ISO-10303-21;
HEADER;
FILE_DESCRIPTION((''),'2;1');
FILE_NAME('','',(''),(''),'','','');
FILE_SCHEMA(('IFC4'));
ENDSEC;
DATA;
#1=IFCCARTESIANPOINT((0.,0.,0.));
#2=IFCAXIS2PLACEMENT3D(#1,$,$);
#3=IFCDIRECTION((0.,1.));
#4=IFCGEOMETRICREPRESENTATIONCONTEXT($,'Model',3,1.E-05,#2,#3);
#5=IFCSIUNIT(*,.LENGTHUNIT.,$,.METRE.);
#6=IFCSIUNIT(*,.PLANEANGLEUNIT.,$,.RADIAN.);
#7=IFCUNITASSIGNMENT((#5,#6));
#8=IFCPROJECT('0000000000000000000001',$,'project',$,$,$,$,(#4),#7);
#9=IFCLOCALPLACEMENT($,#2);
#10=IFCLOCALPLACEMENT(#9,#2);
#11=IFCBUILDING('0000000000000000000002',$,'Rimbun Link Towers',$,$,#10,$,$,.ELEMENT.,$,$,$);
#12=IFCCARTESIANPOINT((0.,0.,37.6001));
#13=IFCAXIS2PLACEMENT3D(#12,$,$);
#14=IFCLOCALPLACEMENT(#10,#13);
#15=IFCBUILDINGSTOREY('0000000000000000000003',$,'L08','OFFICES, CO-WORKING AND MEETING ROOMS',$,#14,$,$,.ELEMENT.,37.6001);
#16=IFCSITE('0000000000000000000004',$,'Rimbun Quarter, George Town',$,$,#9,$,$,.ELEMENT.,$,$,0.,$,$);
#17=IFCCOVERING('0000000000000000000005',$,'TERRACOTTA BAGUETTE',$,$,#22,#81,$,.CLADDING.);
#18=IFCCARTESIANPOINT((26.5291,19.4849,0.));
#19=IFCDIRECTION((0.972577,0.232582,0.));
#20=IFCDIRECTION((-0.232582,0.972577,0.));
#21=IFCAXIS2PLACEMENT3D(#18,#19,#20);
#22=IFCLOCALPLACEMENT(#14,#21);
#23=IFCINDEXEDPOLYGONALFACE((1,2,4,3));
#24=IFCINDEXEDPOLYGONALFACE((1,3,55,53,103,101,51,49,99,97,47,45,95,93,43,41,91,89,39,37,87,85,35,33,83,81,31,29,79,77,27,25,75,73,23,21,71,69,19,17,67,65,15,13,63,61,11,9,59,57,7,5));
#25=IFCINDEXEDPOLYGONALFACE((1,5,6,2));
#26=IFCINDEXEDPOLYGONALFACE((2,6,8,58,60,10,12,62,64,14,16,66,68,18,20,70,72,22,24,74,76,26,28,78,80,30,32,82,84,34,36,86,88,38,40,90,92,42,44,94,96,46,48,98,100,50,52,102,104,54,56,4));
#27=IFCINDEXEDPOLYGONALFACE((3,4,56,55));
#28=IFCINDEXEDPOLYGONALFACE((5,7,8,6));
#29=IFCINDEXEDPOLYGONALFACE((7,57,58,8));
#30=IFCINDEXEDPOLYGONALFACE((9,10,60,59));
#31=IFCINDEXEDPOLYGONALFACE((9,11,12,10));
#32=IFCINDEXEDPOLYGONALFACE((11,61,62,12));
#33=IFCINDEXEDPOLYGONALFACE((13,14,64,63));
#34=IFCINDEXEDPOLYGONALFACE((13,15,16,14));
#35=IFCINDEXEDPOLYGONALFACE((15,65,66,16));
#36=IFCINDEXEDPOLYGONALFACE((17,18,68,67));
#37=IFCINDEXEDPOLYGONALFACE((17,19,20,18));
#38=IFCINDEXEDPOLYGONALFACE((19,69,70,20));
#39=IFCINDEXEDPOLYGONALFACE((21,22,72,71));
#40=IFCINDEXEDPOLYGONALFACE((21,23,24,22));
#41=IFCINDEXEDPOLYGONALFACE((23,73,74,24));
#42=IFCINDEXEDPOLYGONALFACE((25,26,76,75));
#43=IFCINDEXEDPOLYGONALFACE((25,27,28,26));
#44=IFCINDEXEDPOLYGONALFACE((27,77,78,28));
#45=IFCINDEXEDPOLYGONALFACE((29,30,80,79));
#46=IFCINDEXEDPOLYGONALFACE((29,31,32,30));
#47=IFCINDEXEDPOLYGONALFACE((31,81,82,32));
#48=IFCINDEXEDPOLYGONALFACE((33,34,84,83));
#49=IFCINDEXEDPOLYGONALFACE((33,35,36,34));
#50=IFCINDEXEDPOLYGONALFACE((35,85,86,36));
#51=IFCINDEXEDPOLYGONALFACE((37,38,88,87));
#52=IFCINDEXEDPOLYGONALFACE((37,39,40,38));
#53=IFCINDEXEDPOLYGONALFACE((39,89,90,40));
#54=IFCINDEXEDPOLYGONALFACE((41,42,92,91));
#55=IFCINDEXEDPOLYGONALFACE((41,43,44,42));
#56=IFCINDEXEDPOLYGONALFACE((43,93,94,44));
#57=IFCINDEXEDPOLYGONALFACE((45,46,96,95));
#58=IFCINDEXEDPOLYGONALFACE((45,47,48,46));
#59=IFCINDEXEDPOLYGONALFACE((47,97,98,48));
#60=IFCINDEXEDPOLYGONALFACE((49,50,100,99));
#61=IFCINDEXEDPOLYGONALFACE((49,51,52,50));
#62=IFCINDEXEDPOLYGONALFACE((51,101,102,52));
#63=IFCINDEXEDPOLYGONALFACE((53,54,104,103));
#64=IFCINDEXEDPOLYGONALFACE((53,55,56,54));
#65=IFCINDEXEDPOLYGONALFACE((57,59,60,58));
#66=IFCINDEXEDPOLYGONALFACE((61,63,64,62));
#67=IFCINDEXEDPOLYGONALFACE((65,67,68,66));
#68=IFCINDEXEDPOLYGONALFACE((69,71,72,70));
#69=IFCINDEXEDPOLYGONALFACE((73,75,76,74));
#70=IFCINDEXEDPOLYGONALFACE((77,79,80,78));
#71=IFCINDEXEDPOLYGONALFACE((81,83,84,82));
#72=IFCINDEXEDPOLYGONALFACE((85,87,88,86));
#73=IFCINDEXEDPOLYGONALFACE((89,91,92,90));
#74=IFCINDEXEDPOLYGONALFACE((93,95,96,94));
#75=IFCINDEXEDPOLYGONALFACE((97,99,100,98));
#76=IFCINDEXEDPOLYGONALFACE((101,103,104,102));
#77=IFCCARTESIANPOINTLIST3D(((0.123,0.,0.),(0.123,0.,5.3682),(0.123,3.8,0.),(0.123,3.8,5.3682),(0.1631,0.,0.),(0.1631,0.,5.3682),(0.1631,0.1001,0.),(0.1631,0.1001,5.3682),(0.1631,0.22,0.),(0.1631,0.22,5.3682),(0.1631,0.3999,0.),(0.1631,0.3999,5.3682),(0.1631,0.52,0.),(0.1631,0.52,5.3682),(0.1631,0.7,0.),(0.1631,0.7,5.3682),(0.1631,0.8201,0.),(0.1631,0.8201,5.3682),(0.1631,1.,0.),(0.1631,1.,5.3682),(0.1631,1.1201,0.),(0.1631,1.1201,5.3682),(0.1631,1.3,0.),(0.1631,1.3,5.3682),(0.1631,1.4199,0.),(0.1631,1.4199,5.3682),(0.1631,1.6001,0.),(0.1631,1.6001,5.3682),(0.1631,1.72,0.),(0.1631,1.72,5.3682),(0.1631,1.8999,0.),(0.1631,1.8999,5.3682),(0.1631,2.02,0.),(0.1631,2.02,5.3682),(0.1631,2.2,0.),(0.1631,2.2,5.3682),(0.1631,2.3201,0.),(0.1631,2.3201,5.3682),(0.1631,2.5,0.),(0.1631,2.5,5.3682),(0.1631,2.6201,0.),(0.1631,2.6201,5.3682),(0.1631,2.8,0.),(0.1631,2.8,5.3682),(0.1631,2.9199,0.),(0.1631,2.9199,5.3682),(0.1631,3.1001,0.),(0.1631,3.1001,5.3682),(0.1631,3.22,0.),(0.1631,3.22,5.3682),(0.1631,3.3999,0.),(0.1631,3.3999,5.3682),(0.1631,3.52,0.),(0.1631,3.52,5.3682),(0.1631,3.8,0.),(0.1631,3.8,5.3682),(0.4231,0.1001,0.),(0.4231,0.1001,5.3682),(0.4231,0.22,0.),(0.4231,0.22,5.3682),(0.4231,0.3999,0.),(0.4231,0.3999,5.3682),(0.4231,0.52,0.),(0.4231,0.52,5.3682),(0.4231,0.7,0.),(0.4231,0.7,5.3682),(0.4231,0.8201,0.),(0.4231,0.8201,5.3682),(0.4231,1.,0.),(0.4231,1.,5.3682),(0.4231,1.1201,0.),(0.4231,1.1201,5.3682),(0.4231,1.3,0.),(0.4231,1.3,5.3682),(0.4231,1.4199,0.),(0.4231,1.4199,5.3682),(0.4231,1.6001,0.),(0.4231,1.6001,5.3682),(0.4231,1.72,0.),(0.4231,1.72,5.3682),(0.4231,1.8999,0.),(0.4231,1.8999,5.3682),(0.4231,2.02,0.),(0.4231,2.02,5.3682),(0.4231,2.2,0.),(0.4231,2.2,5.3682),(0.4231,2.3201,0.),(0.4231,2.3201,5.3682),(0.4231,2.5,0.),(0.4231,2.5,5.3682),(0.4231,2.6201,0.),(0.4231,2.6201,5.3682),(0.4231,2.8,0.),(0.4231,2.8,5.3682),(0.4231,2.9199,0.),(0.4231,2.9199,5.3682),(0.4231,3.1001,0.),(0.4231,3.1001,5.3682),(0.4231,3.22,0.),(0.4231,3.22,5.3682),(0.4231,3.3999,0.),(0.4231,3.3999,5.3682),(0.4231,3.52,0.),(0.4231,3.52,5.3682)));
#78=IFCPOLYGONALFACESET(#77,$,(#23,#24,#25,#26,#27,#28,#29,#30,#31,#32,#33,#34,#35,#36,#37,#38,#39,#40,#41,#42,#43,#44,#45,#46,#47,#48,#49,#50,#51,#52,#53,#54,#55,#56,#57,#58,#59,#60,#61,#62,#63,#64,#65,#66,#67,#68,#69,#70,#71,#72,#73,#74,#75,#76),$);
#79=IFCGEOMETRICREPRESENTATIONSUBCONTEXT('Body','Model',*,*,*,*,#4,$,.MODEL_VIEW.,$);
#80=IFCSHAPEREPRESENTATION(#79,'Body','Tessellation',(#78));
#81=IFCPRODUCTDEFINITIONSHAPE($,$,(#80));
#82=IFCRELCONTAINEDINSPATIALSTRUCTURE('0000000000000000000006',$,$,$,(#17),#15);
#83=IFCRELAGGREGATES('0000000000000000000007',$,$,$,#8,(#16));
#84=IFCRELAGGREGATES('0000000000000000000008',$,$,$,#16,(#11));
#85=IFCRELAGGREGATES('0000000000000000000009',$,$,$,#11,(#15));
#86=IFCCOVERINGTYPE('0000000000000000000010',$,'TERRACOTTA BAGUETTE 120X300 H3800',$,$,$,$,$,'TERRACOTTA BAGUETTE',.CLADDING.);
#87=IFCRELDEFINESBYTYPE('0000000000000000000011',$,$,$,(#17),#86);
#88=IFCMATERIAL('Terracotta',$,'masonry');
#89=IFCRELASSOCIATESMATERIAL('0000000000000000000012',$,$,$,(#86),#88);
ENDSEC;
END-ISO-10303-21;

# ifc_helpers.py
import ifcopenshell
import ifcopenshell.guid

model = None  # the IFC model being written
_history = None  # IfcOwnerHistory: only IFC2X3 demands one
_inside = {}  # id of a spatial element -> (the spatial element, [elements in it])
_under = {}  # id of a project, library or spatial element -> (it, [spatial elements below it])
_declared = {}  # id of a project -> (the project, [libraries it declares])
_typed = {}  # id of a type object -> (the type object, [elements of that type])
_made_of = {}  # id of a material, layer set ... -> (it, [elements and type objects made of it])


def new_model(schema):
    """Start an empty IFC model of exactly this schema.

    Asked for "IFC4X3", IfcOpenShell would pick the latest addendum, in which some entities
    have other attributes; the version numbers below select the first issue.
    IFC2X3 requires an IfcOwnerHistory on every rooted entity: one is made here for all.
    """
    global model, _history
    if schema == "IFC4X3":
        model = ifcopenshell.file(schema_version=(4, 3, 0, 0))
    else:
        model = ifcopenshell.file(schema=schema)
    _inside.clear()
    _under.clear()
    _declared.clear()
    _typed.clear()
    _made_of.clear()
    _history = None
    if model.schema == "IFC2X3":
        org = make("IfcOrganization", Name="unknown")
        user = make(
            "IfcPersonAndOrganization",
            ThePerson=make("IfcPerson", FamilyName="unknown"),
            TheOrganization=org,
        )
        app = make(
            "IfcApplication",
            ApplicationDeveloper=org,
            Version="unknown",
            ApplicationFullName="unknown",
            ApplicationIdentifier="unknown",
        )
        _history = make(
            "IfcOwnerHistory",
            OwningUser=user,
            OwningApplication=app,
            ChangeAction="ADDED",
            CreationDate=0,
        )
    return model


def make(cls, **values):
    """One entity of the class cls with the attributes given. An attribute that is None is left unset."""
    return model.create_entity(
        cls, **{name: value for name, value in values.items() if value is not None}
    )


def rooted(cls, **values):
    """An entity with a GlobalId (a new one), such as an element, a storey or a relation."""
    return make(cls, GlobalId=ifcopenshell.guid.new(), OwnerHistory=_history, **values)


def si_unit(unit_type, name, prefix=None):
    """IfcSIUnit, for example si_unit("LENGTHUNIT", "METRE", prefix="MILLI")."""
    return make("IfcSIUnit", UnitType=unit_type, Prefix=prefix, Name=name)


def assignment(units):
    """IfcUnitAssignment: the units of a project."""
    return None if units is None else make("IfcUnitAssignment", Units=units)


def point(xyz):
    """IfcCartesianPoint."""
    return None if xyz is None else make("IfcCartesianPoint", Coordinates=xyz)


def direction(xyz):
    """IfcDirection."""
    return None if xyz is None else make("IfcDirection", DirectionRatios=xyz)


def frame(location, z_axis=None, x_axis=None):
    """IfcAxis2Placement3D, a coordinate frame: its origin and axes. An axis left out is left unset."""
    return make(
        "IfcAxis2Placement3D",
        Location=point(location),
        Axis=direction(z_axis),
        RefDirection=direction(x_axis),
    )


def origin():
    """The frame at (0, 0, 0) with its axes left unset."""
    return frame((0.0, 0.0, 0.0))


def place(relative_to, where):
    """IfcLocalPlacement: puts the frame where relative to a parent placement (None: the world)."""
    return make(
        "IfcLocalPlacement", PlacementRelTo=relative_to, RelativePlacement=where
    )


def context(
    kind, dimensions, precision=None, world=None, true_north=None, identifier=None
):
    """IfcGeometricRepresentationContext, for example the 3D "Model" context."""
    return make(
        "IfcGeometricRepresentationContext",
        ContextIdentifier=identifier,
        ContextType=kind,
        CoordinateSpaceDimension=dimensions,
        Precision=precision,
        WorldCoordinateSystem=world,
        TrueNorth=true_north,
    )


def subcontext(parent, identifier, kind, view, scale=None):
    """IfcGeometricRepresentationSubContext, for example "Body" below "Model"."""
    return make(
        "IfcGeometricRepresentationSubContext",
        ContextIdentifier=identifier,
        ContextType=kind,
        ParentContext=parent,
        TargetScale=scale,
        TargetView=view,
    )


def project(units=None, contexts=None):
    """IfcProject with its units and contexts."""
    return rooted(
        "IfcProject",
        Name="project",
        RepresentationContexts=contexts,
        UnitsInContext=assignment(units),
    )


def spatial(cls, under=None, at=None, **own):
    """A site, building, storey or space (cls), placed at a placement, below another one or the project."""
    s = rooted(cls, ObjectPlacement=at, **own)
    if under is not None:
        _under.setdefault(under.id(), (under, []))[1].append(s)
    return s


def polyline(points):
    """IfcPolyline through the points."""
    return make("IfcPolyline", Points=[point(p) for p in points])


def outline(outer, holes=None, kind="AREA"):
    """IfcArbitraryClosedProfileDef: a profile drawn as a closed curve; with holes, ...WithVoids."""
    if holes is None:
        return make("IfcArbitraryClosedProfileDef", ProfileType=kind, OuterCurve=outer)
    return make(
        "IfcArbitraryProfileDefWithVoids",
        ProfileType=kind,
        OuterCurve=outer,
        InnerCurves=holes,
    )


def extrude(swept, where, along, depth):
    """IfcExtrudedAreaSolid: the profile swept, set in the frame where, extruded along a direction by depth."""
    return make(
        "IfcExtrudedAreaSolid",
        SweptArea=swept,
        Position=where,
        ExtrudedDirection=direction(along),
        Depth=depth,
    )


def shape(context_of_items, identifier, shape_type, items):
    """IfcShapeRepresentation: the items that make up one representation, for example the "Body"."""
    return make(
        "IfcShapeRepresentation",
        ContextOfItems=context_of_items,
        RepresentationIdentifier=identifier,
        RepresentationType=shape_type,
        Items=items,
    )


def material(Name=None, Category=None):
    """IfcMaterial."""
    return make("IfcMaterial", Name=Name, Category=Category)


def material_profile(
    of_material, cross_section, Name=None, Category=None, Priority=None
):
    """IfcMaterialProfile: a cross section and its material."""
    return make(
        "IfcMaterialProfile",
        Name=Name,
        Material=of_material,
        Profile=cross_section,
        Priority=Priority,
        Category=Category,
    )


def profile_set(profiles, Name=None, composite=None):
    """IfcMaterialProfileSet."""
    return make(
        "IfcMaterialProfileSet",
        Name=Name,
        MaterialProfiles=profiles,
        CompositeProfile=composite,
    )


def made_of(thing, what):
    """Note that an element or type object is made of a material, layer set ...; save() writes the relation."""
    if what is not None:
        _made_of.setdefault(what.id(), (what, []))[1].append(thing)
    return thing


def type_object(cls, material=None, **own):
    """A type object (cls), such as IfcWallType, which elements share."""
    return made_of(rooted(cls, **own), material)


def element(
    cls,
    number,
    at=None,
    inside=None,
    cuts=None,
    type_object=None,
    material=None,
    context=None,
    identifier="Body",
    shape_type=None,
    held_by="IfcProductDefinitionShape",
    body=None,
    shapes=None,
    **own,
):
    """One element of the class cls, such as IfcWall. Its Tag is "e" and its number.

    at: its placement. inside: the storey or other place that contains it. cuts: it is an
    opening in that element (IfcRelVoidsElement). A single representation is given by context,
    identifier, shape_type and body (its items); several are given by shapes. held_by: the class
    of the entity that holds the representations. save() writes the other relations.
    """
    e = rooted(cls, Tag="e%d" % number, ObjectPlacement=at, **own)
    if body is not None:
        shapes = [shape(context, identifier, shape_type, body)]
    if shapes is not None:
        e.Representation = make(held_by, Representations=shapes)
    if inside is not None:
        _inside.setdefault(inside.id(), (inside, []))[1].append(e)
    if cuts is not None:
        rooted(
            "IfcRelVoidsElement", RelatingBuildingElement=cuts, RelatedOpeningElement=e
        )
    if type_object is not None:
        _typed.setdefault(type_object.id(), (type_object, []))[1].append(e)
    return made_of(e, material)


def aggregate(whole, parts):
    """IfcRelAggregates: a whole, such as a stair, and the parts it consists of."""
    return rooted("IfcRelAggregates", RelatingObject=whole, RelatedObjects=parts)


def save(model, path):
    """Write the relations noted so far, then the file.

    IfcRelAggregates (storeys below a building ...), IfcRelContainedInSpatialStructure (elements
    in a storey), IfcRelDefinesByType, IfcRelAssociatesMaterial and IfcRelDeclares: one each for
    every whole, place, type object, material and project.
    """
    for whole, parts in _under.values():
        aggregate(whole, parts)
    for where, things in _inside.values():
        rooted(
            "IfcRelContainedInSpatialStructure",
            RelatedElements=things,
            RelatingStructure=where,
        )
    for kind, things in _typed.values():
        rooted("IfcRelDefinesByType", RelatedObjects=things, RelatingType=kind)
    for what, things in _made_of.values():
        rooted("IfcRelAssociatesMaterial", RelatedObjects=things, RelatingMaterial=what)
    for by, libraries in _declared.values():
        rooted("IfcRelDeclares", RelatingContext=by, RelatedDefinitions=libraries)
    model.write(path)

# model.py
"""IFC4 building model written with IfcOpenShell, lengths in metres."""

from ifc_helpers import new_model, si_unit, direction, frame, origin, place, context, subcontext, project, spatial, polyline, outline, extrude, material, material_profile, profile_set, type_object, element, save


model = new_model("IFC4")

# Units and contexts
model_context = context("Model", 3, precision=1e-05, world=origin(), true_north=direction((0.0, 1.0)))
body_context = subcontext(model_context, "Body", "Model", "MODEL_VIEW")
ifc_project = project(units=[si_unit("LENGTHUNIT", "METRE"), si_unit("PLANEANGLEUNIT", "RADIAN")], contexts=[model_context])

# Site, building, storey
site_placement = place(None, origin())
site = spatial("IfcSite", under=ifc_project, at=site_placement, Name="Rimbun Quarter, George Town", CompositionType="ELEMENT", RefElevation=0.0)
building_placement = place(site_placement, origin())
building = spatial("IfcBuilding", under=site, at=building_placement, Name="Rimbun Link Towers", CompositionType="ELEMENT")
storey_placement = place(building_placement, frame((0.0, 0.0, 37.6001)))
storey = spatial("IfcBuildingStorey", under=building, at=storey_placement, Name="L08", Description="OFFICES, CO-WORKING AND MEETING ROOMS", CompositionType="ELEMENT", Elevation=37.6001)

# Covering
ifc_material_1 = material(Name="Terracotta", Category="masonry")
ifc_material_profile_1 = material_profile(ifc_material_1, outline(polyline([(0.123, 0.0), (0.1631, 0.0), (0.1631, 0.1001), (0.4231, 0.1001), (0.4231, 0.22), (0.1631, 0.22), (0.1631, 0.3999), (0.4231, 0.3999), (0.4231, 0.52), (0.1631, 0.52), (0.1631, 0.7), (0.4231, 0.7), (0.4231, 0.8201), (0.1631, 0.8201), (0.1631, 1.0), (0.4231, 1.0), (0.4231, 1.1201), (0.1631, 1.1201), (0.1631, 1.3), (0.4231, 1.3), (0.4231, 1.4199), (0.1631, 1.4199), (0.1631, 1.6001), (0.4231, 1.6001), (0.4231, 1.72), (0.1631, 1.72), (0.1631, 1.8999), (0.4231, 1.8999), (0.4231, 2.02), (0.1631, 2.02), (0.1631, 2.2), (0.4231, 2.2), (0.4231, 2.3201), (0.1631, 2.3201), (0.1631, 2.5), (0.4231, 2.5), (0.4231, 2.6201), (0.1631, 2.6201), (0.1631, 2.8), (0.4231, 2.8), (0.4231, 2.9199), (0.1631, 2.9199), (0.1631, 3.1001), (0.4231, 3.1001), (0.4231, 3.22), (0.1631, 3.22), (0.1631, 3.3999), (0.4231, 3.3999), (0.4231, 3.52), (0.1631, 3.52), (0.1631, 3.8), (0.123, 3.8), (0.123, 0.0)])), Name="BAGUETTE 120X300")
ifc_profile_set_1 = profile_set([ifc_material_profile_1], Name="Terracotta")
covering_type = type_object("IfcCoveringType", Name="TERRACOTTA BAGUETTE 120X300 H3800", ElementType="TERRACOTTA BAGUETTE", PredefinedType="CLADDING", material=ifc_profile_set_1)
covering_1_placement = place(storey_placement, frame((26.5291, 19.4849, 0.0), z_axis=(0.972577, 0.232582, 0.0), x_axis=(-0.232582, 0.972577, 0.0)))
element("IfcCovering", 1, at=covering_1_placement, inside=storey, type_object=covering_type, Name="TERRACOTTA BAGUETTE", PredefinedType="CLADDING", context=body_context, shape_type="SweptSolid", body=[
    extrude(outline(polyline([(0.123, 0.0), (0.1631, 0.0), (0.1631, 0.1001), (0.4231, 0.1001), (0.4231, 0.22), (0.1631, 0.22), (0.1631, 0.3999), (0.4231, 0.3999), (0.4231, 0.52), (0.1631, 0.52), (0.1631, 0.7), (0.4231, 0.7), (0.4231, 0.8201), (0.1631, 0.8201), (0.1631, 1.0), (0.4231, 1.0), (0.4231, 1.1201), (0.1631, 1.1201), (0.1631, 1.3), (0.4231, 1.3), (0.4231, 1.4199), (0.1631, 1.4199), (0.1631, 1.6001), (0.4231, 1.6001), (0.4231, 1.72), (0.1631, 1.72), (0.1631, 1.8999), (0.4231, 1.8999), (0.4231, 2.02), (0.1631, 2.02), (0.1631, 2.2), (0.4231, 2.2), (0.4231, 2.3201), (0.1631, 2.3201), (0.1631, 2.5), (0.4231, 2.5), (0.4231, 2.6201), (0.1631, 2.6201), (0.1631, 2.8), (0.4231, 2.8), (0.4231, 2.9199), (0.1631, 2.9199), (0.1631, 3.1001), (0.4231, 3.1001), (0.4231, 3.22), (0.1631, 3.22), (0.1631, 3.3999), (0.4231, 3.3999), (0.4231, 3.52), (0.1631, 3.52), (0.1631, 3.8), (0.123, 3.8), (0.123, 0.0)])), origin(), (0.0, 0.0, 1.0), 5.3682),
])

save(model, "model.ifc")
